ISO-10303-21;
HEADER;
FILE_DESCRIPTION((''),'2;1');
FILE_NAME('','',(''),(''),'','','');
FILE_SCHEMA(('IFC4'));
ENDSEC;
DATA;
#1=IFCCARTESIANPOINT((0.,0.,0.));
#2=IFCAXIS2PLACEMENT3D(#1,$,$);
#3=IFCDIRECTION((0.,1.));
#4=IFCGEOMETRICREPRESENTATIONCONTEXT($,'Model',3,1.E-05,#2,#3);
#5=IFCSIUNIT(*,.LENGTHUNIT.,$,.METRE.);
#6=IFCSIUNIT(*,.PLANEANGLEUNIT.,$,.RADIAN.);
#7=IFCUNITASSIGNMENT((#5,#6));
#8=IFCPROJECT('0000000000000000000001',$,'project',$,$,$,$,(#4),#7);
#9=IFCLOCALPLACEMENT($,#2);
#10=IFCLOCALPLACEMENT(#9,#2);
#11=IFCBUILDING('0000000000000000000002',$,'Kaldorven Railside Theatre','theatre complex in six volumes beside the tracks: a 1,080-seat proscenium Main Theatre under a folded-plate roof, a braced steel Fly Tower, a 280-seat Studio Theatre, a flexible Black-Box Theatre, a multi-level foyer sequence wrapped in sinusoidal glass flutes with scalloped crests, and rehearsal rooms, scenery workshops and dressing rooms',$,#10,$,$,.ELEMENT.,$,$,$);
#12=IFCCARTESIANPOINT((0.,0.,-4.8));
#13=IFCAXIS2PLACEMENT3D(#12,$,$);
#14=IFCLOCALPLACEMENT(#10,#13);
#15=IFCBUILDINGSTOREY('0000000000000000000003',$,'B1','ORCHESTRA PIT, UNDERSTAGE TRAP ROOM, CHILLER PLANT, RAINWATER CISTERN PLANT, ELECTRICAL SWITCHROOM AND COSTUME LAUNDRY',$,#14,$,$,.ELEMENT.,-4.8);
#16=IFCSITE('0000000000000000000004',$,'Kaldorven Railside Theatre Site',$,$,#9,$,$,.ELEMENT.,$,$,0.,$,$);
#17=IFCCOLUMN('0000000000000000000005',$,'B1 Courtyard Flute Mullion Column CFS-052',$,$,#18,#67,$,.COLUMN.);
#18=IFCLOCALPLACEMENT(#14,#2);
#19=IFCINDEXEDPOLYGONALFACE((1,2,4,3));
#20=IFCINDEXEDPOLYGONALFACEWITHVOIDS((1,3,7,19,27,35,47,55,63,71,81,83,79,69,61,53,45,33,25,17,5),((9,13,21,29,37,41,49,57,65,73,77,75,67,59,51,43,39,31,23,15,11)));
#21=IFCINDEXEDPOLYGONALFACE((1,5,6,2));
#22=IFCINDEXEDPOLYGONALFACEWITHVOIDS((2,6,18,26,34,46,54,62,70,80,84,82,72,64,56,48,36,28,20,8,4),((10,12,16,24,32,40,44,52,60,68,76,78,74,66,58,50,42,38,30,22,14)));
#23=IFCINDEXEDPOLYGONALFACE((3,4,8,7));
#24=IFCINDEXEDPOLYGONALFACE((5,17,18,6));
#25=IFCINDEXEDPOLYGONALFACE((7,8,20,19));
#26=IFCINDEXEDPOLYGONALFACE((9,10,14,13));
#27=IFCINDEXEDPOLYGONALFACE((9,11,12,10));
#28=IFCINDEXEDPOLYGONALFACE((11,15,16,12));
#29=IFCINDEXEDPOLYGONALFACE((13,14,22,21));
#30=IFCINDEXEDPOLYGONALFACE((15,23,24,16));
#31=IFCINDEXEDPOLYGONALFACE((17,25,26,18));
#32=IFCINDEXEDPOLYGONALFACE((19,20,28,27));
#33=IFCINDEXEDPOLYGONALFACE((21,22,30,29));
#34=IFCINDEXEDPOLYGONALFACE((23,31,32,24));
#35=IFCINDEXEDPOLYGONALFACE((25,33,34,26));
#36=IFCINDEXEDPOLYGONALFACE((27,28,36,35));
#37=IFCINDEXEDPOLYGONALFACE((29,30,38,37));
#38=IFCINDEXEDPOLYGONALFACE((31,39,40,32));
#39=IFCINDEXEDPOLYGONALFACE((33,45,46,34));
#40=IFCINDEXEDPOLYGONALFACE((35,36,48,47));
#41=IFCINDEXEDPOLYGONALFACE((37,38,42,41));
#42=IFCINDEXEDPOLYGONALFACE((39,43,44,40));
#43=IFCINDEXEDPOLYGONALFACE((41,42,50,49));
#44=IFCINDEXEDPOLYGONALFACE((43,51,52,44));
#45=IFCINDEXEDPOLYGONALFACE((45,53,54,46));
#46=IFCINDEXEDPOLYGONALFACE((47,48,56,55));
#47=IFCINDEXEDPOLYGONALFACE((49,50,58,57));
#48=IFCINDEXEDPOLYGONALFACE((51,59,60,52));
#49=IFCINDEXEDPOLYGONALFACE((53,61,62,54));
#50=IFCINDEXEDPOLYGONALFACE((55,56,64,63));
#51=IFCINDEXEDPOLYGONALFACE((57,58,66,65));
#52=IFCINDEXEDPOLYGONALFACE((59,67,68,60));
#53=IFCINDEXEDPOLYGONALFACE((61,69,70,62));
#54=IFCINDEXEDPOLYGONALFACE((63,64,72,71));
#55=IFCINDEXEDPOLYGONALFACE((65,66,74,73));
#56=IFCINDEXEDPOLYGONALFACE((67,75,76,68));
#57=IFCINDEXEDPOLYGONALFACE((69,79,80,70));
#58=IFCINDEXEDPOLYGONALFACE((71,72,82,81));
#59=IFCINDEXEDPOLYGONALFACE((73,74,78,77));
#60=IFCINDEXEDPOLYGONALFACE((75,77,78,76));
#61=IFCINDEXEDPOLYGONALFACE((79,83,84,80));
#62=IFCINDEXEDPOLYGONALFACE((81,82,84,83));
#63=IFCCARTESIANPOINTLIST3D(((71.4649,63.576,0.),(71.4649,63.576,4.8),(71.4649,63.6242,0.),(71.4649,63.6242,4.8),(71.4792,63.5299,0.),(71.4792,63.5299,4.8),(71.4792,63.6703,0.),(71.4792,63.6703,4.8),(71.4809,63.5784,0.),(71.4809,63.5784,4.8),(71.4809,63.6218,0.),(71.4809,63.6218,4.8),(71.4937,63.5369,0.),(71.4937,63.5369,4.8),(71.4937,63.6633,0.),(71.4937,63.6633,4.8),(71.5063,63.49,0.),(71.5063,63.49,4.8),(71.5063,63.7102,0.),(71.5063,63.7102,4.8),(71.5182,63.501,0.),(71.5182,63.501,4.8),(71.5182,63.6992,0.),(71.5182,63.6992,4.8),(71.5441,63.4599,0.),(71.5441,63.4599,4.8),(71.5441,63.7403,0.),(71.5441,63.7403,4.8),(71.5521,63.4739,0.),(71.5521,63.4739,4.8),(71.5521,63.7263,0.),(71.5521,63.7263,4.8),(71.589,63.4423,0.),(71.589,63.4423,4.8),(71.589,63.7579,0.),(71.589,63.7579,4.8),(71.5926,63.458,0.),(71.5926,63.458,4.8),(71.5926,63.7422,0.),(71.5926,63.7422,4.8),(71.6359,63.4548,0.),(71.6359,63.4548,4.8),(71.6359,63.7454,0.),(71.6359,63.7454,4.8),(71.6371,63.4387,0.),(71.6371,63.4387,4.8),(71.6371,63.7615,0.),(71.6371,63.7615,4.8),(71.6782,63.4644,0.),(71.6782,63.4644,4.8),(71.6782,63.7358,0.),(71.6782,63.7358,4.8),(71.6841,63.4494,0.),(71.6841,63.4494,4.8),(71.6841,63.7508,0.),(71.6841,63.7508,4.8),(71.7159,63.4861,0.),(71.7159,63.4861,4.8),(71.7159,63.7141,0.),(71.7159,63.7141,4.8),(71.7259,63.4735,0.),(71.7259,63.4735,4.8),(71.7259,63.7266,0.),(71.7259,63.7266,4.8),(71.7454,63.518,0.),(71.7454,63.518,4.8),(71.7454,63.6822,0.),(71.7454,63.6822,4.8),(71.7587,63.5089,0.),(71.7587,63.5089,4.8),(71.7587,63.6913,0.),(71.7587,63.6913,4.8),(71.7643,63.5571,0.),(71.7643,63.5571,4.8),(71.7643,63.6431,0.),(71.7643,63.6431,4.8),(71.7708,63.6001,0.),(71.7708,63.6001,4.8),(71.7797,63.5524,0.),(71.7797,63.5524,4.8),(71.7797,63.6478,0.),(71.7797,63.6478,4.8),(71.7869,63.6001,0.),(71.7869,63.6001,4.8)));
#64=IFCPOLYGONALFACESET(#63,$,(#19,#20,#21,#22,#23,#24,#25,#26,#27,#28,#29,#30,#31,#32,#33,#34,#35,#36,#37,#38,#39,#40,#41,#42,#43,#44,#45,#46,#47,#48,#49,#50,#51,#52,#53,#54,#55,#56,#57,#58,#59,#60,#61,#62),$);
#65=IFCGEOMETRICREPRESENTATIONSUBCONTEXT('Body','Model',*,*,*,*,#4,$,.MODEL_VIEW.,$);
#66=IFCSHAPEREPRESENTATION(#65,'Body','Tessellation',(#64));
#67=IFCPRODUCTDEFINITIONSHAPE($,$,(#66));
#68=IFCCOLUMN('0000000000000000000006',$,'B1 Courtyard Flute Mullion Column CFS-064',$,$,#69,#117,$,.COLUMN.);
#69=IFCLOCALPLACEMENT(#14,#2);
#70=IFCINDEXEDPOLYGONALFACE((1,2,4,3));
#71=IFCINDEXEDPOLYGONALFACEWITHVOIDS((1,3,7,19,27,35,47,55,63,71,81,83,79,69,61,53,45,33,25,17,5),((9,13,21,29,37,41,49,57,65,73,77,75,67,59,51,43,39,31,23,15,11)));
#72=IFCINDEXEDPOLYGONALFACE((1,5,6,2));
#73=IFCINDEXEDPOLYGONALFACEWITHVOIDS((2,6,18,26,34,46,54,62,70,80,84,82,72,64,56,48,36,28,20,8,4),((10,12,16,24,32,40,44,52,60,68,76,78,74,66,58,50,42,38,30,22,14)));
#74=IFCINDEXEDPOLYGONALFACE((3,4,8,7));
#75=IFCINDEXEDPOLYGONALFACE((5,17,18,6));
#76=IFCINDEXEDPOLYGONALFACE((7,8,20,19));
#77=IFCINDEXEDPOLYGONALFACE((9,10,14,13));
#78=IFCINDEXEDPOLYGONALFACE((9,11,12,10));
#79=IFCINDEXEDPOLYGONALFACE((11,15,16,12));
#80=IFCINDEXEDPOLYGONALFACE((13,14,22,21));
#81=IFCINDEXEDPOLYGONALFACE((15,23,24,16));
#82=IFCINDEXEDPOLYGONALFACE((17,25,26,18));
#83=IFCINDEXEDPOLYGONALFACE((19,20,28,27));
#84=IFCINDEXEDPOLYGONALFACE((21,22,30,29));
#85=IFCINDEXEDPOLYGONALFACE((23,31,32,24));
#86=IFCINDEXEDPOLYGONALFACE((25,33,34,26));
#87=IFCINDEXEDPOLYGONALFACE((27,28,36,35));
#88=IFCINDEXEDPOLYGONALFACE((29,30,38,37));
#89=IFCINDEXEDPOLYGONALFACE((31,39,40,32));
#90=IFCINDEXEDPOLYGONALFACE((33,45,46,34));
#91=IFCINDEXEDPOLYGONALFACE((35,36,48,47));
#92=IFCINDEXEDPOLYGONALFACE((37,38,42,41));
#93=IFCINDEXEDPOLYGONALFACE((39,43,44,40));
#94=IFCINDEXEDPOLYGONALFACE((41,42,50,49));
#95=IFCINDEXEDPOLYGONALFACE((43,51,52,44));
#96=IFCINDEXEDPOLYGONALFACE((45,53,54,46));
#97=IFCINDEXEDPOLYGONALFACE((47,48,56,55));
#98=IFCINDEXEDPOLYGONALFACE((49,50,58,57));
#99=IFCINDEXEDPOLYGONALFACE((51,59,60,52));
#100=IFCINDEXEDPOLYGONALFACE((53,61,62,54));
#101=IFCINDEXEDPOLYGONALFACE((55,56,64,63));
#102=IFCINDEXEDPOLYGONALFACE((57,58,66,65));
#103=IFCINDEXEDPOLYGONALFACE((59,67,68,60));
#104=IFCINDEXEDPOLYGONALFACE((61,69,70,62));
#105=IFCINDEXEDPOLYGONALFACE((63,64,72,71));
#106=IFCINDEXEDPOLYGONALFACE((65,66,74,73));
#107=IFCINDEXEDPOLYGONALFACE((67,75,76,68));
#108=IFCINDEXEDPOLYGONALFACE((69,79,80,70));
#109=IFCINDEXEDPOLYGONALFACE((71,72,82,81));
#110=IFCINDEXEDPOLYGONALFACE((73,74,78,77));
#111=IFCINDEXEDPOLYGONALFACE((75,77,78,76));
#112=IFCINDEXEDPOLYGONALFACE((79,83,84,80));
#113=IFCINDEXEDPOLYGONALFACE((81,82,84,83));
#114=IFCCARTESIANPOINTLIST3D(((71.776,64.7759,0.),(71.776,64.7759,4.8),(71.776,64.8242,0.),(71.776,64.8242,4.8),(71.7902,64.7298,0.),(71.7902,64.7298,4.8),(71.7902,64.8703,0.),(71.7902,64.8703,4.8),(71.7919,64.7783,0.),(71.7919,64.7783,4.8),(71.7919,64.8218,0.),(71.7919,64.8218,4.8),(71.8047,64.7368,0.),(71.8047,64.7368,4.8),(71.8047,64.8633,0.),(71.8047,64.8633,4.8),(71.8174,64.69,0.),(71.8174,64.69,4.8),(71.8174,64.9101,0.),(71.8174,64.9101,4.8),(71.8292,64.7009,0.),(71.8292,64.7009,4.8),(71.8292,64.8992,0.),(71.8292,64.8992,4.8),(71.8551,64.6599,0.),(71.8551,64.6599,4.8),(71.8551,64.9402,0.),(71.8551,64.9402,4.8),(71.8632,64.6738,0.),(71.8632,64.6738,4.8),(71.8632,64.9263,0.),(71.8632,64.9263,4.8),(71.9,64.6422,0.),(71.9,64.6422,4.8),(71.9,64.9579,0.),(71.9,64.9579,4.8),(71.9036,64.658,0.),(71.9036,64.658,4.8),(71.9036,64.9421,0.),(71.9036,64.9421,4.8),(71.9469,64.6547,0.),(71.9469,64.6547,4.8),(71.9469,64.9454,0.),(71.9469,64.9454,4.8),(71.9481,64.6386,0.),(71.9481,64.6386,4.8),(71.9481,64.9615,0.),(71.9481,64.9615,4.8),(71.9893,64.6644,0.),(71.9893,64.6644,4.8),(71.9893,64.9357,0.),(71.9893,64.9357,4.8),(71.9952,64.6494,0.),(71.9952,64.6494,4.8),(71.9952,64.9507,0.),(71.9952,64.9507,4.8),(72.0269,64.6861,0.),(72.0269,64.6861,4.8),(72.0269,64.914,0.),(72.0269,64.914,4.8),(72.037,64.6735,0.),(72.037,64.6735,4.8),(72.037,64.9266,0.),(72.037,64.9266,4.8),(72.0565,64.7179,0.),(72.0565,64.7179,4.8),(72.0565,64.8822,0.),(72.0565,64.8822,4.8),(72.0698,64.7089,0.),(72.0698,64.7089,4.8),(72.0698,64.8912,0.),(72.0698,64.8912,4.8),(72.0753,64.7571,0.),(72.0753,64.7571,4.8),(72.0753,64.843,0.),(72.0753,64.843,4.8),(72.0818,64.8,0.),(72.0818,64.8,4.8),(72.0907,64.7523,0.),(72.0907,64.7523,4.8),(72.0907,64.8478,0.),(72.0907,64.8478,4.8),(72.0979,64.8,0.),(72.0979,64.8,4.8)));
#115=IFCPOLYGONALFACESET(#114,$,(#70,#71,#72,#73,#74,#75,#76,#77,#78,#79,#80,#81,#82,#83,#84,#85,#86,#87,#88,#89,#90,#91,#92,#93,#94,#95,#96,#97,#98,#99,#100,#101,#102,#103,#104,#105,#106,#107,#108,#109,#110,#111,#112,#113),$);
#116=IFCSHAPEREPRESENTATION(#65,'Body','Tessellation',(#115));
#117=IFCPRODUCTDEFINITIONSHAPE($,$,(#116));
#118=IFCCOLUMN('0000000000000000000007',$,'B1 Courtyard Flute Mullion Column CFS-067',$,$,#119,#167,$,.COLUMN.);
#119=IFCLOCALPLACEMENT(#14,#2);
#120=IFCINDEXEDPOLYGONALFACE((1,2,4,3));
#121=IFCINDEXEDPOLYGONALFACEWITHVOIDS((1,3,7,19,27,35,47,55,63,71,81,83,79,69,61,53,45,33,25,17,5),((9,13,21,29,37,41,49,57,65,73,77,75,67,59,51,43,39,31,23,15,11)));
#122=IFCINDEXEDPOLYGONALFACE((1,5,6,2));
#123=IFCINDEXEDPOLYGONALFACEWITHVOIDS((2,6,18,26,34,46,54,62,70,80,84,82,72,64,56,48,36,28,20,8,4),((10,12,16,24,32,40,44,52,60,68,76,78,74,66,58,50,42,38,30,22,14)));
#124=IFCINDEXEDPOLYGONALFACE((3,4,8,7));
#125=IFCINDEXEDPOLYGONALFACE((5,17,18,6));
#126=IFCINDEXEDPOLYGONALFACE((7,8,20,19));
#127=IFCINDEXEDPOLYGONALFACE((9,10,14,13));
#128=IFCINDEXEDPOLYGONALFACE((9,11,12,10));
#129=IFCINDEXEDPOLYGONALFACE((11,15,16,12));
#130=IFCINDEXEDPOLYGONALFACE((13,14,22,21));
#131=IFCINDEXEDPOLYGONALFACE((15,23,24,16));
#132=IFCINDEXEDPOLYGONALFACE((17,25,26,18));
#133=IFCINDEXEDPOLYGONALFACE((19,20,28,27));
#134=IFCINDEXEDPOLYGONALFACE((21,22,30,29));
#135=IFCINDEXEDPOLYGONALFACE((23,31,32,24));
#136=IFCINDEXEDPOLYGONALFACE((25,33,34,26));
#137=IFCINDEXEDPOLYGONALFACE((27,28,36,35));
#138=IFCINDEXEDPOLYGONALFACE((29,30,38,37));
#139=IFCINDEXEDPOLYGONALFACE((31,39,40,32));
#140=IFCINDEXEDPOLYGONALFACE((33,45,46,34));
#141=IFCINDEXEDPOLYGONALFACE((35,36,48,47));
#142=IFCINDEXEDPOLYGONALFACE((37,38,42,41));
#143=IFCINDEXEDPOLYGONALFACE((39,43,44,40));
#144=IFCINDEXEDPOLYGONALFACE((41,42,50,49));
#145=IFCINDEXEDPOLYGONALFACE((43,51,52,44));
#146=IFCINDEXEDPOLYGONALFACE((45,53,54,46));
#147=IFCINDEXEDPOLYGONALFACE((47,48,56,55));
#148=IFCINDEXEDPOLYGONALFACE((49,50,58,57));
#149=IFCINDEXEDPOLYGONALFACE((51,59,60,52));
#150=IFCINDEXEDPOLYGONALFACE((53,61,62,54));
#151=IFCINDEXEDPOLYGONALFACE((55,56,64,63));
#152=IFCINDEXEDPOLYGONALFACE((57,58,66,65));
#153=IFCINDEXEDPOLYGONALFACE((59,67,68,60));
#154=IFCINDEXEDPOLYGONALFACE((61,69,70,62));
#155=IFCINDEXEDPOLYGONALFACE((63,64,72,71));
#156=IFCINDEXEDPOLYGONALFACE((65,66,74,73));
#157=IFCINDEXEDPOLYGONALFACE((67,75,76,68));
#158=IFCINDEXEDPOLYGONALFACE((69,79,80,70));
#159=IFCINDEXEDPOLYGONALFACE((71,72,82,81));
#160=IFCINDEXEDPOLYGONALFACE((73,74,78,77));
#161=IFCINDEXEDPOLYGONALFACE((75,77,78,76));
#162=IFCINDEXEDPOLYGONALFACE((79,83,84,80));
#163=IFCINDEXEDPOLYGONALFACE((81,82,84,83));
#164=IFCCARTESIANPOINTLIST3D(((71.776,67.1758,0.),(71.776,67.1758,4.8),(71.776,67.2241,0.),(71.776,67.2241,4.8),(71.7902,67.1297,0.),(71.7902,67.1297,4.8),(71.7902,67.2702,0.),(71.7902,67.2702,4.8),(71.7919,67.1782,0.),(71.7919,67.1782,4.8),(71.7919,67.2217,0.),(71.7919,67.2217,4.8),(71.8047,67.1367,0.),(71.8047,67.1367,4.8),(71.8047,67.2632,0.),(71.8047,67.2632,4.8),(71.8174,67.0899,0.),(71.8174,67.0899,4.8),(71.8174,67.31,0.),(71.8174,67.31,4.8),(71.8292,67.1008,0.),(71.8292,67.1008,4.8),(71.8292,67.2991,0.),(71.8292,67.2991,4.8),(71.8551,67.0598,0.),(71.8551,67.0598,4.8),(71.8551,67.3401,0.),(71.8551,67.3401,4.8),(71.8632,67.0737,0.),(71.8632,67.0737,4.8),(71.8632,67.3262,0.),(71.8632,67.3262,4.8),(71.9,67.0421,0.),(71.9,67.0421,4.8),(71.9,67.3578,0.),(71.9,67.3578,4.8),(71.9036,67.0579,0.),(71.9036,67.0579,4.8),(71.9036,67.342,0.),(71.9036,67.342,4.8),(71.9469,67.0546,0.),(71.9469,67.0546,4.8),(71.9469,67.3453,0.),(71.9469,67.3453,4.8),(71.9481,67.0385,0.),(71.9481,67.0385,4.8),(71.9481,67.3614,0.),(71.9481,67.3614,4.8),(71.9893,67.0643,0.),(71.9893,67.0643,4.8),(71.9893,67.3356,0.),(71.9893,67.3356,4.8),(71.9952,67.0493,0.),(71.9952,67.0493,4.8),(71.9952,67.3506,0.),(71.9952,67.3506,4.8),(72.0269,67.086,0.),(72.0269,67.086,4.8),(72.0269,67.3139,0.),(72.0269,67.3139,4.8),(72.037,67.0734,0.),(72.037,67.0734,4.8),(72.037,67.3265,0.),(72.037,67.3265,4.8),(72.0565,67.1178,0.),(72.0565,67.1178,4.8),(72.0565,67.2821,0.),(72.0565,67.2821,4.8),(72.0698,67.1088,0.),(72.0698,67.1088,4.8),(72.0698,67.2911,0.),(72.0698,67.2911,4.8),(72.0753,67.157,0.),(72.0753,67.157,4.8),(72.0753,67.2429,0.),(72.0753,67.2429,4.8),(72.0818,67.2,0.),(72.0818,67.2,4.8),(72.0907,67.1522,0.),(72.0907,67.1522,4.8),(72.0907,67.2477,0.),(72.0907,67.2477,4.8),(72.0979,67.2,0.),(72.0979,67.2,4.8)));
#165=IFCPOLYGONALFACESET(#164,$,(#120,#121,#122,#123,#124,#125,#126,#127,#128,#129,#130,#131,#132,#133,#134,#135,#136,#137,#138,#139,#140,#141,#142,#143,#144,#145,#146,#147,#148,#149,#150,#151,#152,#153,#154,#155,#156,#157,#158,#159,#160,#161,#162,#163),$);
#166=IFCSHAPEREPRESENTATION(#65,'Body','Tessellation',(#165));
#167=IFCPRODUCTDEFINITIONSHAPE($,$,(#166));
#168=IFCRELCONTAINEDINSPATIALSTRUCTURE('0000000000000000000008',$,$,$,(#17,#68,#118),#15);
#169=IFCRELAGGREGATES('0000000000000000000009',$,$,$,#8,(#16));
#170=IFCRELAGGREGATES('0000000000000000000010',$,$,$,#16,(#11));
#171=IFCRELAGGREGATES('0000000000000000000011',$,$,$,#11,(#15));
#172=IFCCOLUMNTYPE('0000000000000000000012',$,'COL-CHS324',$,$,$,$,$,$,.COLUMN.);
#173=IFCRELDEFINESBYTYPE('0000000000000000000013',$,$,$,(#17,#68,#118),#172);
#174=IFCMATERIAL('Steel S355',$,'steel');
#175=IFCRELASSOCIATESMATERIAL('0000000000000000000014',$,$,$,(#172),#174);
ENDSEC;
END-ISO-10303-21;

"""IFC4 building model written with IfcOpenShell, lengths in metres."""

from ifc_helpers import new_model, si_unit, direction, frame, origin, origin_2d, place, context, subcontext, project, spatial, hollow_circle, extrude, material, material_profile, profile_set, type_object, element, save


model = new_model("IFC4")

# Units and contexts
model_context = context("Model", 3, precision=1e-05, world=origin(), true_north=direction((0.0, 1.0)))
body_context = subcontext(model_context, "Body", "Model", "MODEL_VIEW")
ifc_project = project(units=[si_unit("LENGTHUNIT", "METRE"), si_unit("PLANEANGLEUNIT", "RADIAN")], contexts=[model_context])

# Site, building, storey
site_placement = place(None, origin())
site = spatial("IfcSite", under=ifc_project, at=site_placement, Name="Kaldorven Railside Theatre Site", CompositionType="ELEMENT", RefElevation=0.0)
building_placement = place(site_placement, origin())
building = spatial("IfcBuilding", under=site, at=building_placement, Name="Kaldorven Railside Theatre", Description="theatre complex in six volumes beside the tracks: a 1,080-seat proscenium Main Theatre under a folded-plate roof, a braced steel Fly Tower, a 280-seat Studio Theatre, a flexible Black-Box Theatre, a multi-level foyer sequence wrapped in sinusoidal glass flutes with scalloped crests, and rehearsal rooms, scenery workshops and dressing rooms", CompositionType="ELEMENT")
storey_placement = place(building_placement, frame((0.0, 0.0, -4.8)))
storey = spatial("IfcBuildingStorey", under=building, at=storey_placement, Name="B1", Description="ORCHESTRA PIT, UNDERSTAGE TRAP ROOM, CHILLER PLANT, RAINWATER CISTERN PLANT, ELECTRICAL SWITCHROOM AND COSTUME LAUNDRY", CompositionType="ELEMENT", Elevation=-4.8)

# Columns
ifc_material_1 = material(Name="Steel S355", Category="steel")
ifc_material_profile_1 = material_profile(ifc_material_1, hollow_circle(Radius=0.1619, WallThickness=0.0161, at=origin_2d()), Name="CHS 323.9x16")
ifc_profile_set_1 = profile_set([ifc_material_profile_1], Name="Steel S355")
column_type_1 = type_object("IfcColumnType", Name="COL-CHS324", PredefinedType="COLUMN", material=ifc_profile_set_1)
for number, where, z_axis, x_axis, name in (
    (1, (71.625, 63.6001, 0.0), (0.0, 0.0, 1.0), (1.0, 0.0, 0.0), "B1 Courtyard Flute Mullion Column CFS-052"),
    (2, (71.936, 64.8, 0.0), (0.0, 0.0, 1.0), (1.0, 0.0, 0.0), "B1 Courtyard Flute Mullion Column CFS-064"),
    (3, (71.936, 67.2, 0.0), (0.0, 0.0, 1.0), (1.0, 0.0, 0.0), "B1 Courtyard Flute Mullion Column CFS-067"),
):
    element("IfcColumn", number, at=place(storey_placement, frame(where, z_axis=z_axis, x_axis=x_axis)), inside=storey, type_object=column_type_1, Name=name, PredefinedType="COLUMN", context=body_context, shape_type="SweptSolid", body=[
        extrude(hollow_circle(Radius=0.1619, WallThickness=0.0161, at=origin_2d()), origin(), (0.0, 0.0, 1.0), 4.8),
    ])

save(model, "model.ifc")
